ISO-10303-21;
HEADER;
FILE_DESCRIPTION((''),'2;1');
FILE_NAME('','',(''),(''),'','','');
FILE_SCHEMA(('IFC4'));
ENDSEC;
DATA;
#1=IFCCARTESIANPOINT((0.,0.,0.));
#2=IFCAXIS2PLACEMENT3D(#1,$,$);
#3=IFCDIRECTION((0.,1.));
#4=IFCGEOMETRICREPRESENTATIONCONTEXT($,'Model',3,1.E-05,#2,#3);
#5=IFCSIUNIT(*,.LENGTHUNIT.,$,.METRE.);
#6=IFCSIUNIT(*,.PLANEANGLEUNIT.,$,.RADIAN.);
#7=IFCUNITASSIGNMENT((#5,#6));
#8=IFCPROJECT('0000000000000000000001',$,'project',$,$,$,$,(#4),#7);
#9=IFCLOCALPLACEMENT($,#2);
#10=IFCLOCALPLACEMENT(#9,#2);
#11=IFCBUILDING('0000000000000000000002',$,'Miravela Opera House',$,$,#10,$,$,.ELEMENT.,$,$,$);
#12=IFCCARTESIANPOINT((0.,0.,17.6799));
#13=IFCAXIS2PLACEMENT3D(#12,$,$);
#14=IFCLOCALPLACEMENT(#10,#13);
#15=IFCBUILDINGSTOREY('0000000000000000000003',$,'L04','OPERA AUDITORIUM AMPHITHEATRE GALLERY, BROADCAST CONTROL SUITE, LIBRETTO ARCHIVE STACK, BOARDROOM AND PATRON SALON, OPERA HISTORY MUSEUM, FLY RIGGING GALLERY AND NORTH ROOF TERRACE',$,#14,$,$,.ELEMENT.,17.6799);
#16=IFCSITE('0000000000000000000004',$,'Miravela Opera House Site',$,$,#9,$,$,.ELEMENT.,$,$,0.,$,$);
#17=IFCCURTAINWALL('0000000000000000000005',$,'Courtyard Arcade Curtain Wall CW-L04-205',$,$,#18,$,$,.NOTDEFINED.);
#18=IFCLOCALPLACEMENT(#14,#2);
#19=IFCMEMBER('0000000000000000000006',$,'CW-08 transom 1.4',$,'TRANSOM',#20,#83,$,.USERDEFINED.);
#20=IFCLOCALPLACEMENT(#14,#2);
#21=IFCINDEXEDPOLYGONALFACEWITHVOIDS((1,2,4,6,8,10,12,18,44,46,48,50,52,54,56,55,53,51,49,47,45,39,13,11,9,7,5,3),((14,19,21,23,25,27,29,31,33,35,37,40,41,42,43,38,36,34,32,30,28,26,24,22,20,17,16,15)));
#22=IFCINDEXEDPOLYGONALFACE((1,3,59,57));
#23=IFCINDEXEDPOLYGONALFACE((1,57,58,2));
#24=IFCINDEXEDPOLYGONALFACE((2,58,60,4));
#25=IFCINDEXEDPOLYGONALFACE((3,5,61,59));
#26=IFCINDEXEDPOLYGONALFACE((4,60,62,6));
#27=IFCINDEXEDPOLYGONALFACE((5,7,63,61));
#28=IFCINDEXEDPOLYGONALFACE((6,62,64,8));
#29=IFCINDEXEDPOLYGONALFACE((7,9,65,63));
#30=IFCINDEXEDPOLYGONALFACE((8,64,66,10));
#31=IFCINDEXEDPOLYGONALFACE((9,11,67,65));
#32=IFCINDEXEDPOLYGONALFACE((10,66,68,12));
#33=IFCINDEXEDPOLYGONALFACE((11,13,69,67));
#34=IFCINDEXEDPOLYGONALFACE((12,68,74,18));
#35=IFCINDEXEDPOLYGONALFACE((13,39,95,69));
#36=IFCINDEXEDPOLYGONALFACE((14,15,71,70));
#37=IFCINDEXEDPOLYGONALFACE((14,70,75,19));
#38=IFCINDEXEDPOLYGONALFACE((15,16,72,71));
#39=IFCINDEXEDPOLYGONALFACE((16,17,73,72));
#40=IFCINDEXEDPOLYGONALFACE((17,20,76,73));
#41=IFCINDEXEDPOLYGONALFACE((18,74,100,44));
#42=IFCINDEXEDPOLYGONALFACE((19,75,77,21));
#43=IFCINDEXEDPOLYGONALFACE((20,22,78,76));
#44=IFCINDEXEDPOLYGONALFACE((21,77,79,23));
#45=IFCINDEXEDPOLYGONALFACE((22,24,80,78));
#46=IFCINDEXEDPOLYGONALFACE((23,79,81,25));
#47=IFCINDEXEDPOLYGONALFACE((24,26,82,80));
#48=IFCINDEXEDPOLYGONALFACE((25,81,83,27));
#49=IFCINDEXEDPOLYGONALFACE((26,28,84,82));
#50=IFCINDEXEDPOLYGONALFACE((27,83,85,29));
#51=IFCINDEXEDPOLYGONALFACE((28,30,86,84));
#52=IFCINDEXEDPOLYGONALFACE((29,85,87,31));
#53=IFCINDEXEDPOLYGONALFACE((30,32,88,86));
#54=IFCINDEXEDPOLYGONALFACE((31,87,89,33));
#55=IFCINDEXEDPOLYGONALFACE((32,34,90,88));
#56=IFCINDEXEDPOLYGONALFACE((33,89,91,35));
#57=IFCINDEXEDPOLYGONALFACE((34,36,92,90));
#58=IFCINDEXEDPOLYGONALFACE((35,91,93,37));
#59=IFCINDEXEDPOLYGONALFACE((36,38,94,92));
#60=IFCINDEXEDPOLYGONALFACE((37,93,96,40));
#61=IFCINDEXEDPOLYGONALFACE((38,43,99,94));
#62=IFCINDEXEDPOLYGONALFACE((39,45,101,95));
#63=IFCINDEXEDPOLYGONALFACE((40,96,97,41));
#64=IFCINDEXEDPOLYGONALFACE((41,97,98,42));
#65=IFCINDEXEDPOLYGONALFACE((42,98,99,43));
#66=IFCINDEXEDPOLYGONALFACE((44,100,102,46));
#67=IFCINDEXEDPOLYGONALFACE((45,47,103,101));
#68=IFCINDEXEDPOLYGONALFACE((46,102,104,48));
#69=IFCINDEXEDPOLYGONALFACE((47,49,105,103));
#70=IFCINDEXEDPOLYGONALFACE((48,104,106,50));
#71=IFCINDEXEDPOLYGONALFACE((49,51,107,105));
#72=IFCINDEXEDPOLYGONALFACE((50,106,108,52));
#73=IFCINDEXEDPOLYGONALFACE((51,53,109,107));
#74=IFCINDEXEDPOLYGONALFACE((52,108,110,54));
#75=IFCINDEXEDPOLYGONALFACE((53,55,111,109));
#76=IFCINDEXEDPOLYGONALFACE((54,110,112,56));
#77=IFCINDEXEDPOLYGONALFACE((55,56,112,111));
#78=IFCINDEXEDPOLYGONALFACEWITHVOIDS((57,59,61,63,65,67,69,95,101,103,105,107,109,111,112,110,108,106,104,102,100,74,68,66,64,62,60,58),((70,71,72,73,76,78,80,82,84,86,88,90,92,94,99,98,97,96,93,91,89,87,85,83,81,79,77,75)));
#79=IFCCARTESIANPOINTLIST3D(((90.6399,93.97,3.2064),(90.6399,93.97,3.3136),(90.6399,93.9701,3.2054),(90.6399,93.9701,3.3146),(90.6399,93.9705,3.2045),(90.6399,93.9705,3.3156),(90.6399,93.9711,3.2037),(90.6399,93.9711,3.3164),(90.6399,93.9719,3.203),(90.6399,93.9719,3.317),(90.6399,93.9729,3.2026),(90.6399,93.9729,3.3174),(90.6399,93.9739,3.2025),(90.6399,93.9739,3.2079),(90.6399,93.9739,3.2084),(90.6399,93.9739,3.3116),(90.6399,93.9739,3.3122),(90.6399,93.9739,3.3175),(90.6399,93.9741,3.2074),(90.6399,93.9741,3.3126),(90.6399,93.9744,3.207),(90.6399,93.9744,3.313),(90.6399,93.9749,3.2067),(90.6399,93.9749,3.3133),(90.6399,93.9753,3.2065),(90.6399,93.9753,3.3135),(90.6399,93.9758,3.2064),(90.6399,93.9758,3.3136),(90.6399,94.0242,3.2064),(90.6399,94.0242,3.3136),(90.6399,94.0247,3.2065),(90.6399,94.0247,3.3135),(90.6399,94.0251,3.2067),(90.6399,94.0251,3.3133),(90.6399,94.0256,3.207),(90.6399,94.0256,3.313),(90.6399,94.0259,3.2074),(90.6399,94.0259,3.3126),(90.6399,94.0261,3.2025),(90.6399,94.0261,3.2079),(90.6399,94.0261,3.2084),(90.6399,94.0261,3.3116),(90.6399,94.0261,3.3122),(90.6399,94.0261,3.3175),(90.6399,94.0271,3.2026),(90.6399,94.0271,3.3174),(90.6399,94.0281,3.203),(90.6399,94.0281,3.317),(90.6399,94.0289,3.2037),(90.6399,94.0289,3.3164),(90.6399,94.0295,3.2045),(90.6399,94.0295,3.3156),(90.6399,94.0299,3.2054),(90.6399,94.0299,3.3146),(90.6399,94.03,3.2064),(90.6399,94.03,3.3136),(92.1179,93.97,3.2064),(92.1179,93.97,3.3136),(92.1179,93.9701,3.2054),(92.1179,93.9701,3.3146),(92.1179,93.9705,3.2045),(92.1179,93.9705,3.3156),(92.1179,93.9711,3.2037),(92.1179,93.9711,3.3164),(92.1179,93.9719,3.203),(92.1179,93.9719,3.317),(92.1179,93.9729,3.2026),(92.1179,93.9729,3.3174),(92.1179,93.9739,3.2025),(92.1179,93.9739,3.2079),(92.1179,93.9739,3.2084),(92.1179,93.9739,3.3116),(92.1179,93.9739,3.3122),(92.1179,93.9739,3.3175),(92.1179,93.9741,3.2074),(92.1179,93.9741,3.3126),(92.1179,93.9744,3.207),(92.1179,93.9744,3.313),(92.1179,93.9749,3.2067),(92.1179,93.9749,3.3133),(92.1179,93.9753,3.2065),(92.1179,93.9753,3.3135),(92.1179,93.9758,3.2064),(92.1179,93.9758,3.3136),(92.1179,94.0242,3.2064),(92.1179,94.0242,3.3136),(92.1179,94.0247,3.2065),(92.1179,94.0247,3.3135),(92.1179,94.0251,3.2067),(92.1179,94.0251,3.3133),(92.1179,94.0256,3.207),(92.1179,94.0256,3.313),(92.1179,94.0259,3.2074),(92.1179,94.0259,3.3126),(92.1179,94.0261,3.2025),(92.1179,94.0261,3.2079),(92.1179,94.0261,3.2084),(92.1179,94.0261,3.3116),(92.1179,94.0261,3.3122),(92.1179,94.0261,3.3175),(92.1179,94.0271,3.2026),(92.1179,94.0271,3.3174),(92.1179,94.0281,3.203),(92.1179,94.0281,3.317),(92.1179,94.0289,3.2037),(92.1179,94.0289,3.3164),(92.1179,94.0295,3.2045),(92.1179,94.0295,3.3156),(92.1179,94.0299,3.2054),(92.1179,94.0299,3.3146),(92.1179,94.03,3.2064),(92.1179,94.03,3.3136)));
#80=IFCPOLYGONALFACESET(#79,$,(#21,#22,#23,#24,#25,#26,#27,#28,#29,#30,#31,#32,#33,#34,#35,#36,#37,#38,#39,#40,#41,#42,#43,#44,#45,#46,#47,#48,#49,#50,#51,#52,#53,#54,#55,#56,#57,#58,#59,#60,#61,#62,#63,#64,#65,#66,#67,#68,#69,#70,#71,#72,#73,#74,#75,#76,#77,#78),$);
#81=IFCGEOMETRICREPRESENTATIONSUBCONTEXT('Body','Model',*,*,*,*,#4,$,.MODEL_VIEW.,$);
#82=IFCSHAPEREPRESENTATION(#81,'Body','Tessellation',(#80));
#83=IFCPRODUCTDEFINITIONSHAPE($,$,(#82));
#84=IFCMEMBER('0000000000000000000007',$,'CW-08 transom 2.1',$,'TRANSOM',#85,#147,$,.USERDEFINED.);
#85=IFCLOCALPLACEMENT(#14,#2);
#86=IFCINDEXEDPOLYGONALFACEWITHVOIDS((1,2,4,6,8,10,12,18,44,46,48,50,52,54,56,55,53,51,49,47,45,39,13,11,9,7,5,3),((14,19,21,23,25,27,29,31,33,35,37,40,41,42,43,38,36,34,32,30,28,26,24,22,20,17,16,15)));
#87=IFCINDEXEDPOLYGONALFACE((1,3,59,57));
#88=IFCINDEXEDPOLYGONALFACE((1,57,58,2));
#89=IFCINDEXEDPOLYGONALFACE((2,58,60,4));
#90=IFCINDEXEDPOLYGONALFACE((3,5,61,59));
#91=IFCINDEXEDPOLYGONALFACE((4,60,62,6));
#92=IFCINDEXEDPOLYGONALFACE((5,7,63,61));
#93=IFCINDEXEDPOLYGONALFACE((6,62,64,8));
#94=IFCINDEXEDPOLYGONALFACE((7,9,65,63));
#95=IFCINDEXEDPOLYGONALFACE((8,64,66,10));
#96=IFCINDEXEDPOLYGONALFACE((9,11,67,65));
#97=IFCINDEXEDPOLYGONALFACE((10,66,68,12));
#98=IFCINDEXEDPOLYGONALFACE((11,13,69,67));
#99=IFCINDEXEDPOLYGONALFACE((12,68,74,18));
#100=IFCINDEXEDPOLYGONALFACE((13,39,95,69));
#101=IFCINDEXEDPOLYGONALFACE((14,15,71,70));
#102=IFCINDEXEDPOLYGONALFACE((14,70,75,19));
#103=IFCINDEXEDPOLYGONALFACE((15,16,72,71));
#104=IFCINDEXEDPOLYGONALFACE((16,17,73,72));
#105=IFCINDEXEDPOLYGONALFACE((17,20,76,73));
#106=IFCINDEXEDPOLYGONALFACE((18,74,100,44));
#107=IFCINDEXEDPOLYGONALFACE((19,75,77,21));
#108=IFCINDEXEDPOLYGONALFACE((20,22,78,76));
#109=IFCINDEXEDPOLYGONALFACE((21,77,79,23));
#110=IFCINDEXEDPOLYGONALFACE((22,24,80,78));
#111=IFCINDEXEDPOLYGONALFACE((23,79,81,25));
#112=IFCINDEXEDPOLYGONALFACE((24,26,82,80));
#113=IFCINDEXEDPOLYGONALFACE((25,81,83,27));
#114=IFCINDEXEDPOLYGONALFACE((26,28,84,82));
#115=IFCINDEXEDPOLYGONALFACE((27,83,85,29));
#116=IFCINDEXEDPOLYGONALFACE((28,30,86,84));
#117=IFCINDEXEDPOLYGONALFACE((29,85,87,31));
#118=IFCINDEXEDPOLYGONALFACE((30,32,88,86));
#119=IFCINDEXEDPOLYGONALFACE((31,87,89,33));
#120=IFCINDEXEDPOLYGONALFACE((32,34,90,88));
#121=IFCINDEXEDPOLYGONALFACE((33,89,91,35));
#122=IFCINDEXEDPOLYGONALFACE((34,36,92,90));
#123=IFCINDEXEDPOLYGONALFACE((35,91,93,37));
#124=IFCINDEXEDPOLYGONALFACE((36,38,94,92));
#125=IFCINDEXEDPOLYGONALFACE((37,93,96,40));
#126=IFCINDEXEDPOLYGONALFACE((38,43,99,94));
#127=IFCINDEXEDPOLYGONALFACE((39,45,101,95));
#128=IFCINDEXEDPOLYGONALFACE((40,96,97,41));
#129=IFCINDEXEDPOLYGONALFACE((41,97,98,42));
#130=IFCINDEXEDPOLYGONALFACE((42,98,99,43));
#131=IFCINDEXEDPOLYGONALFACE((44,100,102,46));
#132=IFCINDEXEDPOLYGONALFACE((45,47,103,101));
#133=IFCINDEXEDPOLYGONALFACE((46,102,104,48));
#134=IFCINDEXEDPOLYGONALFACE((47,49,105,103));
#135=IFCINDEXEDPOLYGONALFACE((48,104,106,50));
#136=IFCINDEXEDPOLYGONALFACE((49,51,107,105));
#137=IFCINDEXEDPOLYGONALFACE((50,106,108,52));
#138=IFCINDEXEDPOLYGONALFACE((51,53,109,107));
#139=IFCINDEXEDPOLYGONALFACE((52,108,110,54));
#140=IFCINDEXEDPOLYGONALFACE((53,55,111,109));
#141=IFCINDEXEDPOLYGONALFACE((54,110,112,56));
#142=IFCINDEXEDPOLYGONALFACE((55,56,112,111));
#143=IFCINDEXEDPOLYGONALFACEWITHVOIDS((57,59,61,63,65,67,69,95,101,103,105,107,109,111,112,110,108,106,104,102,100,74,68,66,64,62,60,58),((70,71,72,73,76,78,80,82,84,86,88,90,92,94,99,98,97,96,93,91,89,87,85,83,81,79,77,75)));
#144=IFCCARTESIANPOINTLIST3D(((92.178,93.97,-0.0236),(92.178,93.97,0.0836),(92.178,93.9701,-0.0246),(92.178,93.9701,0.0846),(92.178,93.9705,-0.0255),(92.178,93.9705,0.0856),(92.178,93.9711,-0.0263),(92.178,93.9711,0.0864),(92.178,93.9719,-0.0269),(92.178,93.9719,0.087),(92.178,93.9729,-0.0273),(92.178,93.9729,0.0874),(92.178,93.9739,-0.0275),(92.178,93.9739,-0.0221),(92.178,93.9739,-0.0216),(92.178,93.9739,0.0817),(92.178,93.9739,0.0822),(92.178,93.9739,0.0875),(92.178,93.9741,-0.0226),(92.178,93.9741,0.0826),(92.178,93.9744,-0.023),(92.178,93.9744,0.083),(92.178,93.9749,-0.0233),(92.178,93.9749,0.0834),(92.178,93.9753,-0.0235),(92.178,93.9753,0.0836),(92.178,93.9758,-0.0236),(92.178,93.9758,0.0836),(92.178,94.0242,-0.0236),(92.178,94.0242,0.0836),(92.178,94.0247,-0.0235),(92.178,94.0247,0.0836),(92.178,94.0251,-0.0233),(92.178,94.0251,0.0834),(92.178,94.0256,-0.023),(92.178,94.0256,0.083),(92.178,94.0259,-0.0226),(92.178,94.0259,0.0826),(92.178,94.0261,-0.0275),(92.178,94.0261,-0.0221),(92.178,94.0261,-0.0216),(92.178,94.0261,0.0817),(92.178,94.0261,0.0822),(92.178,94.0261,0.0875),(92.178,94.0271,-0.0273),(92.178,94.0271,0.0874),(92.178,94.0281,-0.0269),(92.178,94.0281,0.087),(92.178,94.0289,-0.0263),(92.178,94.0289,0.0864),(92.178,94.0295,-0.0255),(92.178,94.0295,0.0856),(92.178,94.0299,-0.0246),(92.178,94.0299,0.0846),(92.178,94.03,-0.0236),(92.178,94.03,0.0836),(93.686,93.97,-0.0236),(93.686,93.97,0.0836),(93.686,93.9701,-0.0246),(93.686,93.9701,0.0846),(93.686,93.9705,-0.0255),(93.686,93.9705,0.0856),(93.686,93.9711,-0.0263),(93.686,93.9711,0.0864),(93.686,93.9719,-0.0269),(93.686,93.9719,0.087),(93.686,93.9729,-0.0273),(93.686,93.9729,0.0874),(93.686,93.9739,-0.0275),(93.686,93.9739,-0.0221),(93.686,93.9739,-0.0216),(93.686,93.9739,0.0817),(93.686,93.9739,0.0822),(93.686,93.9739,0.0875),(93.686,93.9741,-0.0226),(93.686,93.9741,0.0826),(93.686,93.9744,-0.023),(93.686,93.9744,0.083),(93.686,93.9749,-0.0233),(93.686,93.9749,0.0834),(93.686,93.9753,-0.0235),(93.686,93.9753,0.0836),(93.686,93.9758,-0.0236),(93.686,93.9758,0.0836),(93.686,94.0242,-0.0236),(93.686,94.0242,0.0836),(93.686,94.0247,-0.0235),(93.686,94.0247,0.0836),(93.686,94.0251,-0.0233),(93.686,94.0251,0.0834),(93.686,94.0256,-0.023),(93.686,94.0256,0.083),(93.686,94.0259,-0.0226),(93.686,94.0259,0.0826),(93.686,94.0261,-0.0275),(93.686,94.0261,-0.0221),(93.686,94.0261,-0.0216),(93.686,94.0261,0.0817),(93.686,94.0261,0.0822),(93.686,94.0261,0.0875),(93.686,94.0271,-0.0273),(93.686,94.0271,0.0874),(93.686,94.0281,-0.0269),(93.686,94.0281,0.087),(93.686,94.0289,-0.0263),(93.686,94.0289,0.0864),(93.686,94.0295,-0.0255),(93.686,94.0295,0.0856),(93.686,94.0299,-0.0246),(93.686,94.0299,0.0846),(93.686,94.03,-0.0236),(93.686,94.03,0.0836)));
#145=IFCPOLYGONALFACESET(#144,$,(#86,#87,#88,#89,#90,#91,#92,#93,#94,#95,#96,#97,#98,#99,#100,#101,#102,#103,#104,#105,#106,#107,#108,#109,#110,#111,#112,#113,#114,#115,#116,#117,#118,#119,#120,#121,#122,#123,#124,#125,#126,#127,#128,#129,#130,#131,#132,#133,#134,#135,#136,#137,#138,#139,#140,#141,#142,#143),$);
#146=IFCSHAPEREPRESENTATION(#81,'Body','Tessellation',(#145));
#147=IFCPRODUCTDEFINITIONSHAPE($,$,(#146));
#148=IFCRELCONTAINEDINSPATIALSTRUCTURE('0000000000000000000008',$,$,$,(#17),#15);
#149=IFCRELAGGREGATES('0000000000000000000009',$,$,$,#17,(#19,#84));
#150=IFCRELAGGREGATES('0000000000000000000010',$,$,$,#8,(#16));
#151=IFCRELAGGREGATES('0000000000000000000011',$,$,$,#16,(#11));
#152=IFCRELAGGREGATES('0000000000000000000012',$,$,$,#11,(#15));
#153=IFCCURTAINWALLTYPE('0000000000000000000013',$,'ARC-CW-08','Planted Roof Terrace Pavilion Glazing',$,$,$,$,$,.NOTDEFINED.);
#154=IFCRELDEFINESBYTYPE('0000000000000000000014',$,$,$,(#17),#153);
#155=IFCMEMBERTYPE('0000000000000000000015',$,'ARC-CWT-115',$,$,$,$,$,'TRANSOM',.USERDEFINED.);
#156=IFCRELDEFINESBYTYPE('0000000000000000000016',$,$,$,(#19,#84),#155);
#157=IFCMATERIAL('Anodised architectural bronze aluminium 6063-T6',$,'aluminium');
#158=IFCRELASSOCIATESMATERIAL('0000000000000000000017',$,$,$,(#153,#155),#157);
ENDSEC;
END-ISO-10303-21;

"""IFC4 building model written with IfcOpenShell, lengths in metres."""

from ifc_helpers import new_model, si_unit, direction, frame, origin, origin_2d, place, context, subcontext, project, spatial, hollow_rectangle, extrude, material, material_profile, profile_set, type_object, element, aggregate, save


model = new_model("IFC4")

# Units and contexts
model_context = context("Model", 3, precision=1e-05, world=origin(), true_north=direction((0.0, 1.0)))
body_context = subcontext(model_context, "Body", "Model", "MODEL_VIEW")
ifc_project = project(units=[si_unit("LENGTHUNIT", "METRE"), si_unit("PLANEANGLEUNIT", "RADIAN")], contexts=[model_context])

# Site, building, storey
site_placement = place(None, origin())
site = spatial("IfcSite", under=ifc_project, at=site_placement, Name="Miravela Opera House Site", CompositionType="ELEMENT", RefElevation=0.0)
building_placement = place(site_placement, origin())
building = spatial("IfcBuilding", under=site, at=building_placement, Name="Miravela Opera House", CompositionType="ELEMENT")
storey_placement = place(building_placement, frame((0.0, 0.0, 17.6799)))
storey = spatial("IfcBuildingStorey", under=building, at=storey_placement, Name="L04", Description="OPERA AUDITORIUM AMPHITHEATRE GALLERY, BROADCAST CONTROL SUITE, LIBRETTO ARCHIVE STACK, BOARDROOM AND PATRON SALON, OPERA HISTORY MUSEUM, FLY RIGGING GALLERY AND NORTH ROOF TERRACE", CompositionType="ELEMENT", Elevation=17.6799)

# Shared definitions
ifc_material_1 = material(Name="Anodised architectural bronze aluminium 6063-T6", Category="aluminium")
curtain_wall_type = type_object("IfcCurtainWallType", Name="ARC-CW-08", Description="Planted Roof Terrace Pavilion Glazing", PredefinedType="NOTDEFINED", material=ifc_material_1)

# Curtain wall
curtain_wall_1_placement = place(storey_placement, origin())
curtain_wall_1 = element("IfcCurtainWall", 1, at=curtain_wall_1_placement, inside=storey, type_object=curtain_wall_type, Name="Courtyard Arcade Curtain Wall CW-L04-205", PredefinedType="NOTDEFINED")

# Members
ifc_material_profile_1 = material_profile(ifc_material_1, hollow_rectangle(XDim=0.0601, YDim=0.115, WallThickness=0.0039, InnerFilletRadius=0.002, OuterFilletRadius=0.0039, at=origin_2d()), Name="CWT-60X115")
ifc_profile_set_1 = profile_set([ifc_material_profile_1])
member_type_1 = type_object("IfcMemberType", Name="ARC-CWT-115", ElementType="TRANSOM", PredefinedType="USERDEFINED", material=ifc_profile_set_1)
member_1_placement = place(storey_placement, frame((90.6399, 94.0, 3.26), z_axis=(1.0, 0.0, 0.0), x_axis=(0.0, 1.0, 0.0)))
member_1 = element("IfcMember", 2, at=member_1_placement, type_object=member_type_1, Name="CW-08 transom 1.4", ObjectType="TRANSOM", PredefinedType="USERDEFINED", context=body_context, shape_type="SweptSolid", body=[
    extrude(hollow_rectangle(XDim=0.0601, YDim=0.115, WallThickness=0.0039, InnerFilletRadius=0.002, OuterFilletRadius=0.0039, at=origin_2d()), origin(), (0.0, 0.0, 1.0), 1.478),
])
member_2_placement = place(storey_placement, frame((92.178, 94.0, 0.03), z_axis=(1.0, 0.0, 0.0), x_axis=(0.0, 1.0, 0.0)))
member_2 = element("IfcMember", 3, at=member_2_placement, type_object=member_type_1, Name="CW-08 transom 2.1", ObjectType="TRANSOM", PredefinedType="USERDEFINED", context=body_context, shape_type="SweptSolid", body=[
    extrude(hollow_rectangle(XDim=0.0601, YDim=0.115, WallThickness=0.0039, InnerFilletRadius=0.002, OuterFilletRadius=0.0039, at=origin_2d()), origin(), (0.0, 0.0, 1.0), 1.5081),
])

aggregate(curtain_wall_1, [member_1, member_2])

save(model, "model.ifc")
